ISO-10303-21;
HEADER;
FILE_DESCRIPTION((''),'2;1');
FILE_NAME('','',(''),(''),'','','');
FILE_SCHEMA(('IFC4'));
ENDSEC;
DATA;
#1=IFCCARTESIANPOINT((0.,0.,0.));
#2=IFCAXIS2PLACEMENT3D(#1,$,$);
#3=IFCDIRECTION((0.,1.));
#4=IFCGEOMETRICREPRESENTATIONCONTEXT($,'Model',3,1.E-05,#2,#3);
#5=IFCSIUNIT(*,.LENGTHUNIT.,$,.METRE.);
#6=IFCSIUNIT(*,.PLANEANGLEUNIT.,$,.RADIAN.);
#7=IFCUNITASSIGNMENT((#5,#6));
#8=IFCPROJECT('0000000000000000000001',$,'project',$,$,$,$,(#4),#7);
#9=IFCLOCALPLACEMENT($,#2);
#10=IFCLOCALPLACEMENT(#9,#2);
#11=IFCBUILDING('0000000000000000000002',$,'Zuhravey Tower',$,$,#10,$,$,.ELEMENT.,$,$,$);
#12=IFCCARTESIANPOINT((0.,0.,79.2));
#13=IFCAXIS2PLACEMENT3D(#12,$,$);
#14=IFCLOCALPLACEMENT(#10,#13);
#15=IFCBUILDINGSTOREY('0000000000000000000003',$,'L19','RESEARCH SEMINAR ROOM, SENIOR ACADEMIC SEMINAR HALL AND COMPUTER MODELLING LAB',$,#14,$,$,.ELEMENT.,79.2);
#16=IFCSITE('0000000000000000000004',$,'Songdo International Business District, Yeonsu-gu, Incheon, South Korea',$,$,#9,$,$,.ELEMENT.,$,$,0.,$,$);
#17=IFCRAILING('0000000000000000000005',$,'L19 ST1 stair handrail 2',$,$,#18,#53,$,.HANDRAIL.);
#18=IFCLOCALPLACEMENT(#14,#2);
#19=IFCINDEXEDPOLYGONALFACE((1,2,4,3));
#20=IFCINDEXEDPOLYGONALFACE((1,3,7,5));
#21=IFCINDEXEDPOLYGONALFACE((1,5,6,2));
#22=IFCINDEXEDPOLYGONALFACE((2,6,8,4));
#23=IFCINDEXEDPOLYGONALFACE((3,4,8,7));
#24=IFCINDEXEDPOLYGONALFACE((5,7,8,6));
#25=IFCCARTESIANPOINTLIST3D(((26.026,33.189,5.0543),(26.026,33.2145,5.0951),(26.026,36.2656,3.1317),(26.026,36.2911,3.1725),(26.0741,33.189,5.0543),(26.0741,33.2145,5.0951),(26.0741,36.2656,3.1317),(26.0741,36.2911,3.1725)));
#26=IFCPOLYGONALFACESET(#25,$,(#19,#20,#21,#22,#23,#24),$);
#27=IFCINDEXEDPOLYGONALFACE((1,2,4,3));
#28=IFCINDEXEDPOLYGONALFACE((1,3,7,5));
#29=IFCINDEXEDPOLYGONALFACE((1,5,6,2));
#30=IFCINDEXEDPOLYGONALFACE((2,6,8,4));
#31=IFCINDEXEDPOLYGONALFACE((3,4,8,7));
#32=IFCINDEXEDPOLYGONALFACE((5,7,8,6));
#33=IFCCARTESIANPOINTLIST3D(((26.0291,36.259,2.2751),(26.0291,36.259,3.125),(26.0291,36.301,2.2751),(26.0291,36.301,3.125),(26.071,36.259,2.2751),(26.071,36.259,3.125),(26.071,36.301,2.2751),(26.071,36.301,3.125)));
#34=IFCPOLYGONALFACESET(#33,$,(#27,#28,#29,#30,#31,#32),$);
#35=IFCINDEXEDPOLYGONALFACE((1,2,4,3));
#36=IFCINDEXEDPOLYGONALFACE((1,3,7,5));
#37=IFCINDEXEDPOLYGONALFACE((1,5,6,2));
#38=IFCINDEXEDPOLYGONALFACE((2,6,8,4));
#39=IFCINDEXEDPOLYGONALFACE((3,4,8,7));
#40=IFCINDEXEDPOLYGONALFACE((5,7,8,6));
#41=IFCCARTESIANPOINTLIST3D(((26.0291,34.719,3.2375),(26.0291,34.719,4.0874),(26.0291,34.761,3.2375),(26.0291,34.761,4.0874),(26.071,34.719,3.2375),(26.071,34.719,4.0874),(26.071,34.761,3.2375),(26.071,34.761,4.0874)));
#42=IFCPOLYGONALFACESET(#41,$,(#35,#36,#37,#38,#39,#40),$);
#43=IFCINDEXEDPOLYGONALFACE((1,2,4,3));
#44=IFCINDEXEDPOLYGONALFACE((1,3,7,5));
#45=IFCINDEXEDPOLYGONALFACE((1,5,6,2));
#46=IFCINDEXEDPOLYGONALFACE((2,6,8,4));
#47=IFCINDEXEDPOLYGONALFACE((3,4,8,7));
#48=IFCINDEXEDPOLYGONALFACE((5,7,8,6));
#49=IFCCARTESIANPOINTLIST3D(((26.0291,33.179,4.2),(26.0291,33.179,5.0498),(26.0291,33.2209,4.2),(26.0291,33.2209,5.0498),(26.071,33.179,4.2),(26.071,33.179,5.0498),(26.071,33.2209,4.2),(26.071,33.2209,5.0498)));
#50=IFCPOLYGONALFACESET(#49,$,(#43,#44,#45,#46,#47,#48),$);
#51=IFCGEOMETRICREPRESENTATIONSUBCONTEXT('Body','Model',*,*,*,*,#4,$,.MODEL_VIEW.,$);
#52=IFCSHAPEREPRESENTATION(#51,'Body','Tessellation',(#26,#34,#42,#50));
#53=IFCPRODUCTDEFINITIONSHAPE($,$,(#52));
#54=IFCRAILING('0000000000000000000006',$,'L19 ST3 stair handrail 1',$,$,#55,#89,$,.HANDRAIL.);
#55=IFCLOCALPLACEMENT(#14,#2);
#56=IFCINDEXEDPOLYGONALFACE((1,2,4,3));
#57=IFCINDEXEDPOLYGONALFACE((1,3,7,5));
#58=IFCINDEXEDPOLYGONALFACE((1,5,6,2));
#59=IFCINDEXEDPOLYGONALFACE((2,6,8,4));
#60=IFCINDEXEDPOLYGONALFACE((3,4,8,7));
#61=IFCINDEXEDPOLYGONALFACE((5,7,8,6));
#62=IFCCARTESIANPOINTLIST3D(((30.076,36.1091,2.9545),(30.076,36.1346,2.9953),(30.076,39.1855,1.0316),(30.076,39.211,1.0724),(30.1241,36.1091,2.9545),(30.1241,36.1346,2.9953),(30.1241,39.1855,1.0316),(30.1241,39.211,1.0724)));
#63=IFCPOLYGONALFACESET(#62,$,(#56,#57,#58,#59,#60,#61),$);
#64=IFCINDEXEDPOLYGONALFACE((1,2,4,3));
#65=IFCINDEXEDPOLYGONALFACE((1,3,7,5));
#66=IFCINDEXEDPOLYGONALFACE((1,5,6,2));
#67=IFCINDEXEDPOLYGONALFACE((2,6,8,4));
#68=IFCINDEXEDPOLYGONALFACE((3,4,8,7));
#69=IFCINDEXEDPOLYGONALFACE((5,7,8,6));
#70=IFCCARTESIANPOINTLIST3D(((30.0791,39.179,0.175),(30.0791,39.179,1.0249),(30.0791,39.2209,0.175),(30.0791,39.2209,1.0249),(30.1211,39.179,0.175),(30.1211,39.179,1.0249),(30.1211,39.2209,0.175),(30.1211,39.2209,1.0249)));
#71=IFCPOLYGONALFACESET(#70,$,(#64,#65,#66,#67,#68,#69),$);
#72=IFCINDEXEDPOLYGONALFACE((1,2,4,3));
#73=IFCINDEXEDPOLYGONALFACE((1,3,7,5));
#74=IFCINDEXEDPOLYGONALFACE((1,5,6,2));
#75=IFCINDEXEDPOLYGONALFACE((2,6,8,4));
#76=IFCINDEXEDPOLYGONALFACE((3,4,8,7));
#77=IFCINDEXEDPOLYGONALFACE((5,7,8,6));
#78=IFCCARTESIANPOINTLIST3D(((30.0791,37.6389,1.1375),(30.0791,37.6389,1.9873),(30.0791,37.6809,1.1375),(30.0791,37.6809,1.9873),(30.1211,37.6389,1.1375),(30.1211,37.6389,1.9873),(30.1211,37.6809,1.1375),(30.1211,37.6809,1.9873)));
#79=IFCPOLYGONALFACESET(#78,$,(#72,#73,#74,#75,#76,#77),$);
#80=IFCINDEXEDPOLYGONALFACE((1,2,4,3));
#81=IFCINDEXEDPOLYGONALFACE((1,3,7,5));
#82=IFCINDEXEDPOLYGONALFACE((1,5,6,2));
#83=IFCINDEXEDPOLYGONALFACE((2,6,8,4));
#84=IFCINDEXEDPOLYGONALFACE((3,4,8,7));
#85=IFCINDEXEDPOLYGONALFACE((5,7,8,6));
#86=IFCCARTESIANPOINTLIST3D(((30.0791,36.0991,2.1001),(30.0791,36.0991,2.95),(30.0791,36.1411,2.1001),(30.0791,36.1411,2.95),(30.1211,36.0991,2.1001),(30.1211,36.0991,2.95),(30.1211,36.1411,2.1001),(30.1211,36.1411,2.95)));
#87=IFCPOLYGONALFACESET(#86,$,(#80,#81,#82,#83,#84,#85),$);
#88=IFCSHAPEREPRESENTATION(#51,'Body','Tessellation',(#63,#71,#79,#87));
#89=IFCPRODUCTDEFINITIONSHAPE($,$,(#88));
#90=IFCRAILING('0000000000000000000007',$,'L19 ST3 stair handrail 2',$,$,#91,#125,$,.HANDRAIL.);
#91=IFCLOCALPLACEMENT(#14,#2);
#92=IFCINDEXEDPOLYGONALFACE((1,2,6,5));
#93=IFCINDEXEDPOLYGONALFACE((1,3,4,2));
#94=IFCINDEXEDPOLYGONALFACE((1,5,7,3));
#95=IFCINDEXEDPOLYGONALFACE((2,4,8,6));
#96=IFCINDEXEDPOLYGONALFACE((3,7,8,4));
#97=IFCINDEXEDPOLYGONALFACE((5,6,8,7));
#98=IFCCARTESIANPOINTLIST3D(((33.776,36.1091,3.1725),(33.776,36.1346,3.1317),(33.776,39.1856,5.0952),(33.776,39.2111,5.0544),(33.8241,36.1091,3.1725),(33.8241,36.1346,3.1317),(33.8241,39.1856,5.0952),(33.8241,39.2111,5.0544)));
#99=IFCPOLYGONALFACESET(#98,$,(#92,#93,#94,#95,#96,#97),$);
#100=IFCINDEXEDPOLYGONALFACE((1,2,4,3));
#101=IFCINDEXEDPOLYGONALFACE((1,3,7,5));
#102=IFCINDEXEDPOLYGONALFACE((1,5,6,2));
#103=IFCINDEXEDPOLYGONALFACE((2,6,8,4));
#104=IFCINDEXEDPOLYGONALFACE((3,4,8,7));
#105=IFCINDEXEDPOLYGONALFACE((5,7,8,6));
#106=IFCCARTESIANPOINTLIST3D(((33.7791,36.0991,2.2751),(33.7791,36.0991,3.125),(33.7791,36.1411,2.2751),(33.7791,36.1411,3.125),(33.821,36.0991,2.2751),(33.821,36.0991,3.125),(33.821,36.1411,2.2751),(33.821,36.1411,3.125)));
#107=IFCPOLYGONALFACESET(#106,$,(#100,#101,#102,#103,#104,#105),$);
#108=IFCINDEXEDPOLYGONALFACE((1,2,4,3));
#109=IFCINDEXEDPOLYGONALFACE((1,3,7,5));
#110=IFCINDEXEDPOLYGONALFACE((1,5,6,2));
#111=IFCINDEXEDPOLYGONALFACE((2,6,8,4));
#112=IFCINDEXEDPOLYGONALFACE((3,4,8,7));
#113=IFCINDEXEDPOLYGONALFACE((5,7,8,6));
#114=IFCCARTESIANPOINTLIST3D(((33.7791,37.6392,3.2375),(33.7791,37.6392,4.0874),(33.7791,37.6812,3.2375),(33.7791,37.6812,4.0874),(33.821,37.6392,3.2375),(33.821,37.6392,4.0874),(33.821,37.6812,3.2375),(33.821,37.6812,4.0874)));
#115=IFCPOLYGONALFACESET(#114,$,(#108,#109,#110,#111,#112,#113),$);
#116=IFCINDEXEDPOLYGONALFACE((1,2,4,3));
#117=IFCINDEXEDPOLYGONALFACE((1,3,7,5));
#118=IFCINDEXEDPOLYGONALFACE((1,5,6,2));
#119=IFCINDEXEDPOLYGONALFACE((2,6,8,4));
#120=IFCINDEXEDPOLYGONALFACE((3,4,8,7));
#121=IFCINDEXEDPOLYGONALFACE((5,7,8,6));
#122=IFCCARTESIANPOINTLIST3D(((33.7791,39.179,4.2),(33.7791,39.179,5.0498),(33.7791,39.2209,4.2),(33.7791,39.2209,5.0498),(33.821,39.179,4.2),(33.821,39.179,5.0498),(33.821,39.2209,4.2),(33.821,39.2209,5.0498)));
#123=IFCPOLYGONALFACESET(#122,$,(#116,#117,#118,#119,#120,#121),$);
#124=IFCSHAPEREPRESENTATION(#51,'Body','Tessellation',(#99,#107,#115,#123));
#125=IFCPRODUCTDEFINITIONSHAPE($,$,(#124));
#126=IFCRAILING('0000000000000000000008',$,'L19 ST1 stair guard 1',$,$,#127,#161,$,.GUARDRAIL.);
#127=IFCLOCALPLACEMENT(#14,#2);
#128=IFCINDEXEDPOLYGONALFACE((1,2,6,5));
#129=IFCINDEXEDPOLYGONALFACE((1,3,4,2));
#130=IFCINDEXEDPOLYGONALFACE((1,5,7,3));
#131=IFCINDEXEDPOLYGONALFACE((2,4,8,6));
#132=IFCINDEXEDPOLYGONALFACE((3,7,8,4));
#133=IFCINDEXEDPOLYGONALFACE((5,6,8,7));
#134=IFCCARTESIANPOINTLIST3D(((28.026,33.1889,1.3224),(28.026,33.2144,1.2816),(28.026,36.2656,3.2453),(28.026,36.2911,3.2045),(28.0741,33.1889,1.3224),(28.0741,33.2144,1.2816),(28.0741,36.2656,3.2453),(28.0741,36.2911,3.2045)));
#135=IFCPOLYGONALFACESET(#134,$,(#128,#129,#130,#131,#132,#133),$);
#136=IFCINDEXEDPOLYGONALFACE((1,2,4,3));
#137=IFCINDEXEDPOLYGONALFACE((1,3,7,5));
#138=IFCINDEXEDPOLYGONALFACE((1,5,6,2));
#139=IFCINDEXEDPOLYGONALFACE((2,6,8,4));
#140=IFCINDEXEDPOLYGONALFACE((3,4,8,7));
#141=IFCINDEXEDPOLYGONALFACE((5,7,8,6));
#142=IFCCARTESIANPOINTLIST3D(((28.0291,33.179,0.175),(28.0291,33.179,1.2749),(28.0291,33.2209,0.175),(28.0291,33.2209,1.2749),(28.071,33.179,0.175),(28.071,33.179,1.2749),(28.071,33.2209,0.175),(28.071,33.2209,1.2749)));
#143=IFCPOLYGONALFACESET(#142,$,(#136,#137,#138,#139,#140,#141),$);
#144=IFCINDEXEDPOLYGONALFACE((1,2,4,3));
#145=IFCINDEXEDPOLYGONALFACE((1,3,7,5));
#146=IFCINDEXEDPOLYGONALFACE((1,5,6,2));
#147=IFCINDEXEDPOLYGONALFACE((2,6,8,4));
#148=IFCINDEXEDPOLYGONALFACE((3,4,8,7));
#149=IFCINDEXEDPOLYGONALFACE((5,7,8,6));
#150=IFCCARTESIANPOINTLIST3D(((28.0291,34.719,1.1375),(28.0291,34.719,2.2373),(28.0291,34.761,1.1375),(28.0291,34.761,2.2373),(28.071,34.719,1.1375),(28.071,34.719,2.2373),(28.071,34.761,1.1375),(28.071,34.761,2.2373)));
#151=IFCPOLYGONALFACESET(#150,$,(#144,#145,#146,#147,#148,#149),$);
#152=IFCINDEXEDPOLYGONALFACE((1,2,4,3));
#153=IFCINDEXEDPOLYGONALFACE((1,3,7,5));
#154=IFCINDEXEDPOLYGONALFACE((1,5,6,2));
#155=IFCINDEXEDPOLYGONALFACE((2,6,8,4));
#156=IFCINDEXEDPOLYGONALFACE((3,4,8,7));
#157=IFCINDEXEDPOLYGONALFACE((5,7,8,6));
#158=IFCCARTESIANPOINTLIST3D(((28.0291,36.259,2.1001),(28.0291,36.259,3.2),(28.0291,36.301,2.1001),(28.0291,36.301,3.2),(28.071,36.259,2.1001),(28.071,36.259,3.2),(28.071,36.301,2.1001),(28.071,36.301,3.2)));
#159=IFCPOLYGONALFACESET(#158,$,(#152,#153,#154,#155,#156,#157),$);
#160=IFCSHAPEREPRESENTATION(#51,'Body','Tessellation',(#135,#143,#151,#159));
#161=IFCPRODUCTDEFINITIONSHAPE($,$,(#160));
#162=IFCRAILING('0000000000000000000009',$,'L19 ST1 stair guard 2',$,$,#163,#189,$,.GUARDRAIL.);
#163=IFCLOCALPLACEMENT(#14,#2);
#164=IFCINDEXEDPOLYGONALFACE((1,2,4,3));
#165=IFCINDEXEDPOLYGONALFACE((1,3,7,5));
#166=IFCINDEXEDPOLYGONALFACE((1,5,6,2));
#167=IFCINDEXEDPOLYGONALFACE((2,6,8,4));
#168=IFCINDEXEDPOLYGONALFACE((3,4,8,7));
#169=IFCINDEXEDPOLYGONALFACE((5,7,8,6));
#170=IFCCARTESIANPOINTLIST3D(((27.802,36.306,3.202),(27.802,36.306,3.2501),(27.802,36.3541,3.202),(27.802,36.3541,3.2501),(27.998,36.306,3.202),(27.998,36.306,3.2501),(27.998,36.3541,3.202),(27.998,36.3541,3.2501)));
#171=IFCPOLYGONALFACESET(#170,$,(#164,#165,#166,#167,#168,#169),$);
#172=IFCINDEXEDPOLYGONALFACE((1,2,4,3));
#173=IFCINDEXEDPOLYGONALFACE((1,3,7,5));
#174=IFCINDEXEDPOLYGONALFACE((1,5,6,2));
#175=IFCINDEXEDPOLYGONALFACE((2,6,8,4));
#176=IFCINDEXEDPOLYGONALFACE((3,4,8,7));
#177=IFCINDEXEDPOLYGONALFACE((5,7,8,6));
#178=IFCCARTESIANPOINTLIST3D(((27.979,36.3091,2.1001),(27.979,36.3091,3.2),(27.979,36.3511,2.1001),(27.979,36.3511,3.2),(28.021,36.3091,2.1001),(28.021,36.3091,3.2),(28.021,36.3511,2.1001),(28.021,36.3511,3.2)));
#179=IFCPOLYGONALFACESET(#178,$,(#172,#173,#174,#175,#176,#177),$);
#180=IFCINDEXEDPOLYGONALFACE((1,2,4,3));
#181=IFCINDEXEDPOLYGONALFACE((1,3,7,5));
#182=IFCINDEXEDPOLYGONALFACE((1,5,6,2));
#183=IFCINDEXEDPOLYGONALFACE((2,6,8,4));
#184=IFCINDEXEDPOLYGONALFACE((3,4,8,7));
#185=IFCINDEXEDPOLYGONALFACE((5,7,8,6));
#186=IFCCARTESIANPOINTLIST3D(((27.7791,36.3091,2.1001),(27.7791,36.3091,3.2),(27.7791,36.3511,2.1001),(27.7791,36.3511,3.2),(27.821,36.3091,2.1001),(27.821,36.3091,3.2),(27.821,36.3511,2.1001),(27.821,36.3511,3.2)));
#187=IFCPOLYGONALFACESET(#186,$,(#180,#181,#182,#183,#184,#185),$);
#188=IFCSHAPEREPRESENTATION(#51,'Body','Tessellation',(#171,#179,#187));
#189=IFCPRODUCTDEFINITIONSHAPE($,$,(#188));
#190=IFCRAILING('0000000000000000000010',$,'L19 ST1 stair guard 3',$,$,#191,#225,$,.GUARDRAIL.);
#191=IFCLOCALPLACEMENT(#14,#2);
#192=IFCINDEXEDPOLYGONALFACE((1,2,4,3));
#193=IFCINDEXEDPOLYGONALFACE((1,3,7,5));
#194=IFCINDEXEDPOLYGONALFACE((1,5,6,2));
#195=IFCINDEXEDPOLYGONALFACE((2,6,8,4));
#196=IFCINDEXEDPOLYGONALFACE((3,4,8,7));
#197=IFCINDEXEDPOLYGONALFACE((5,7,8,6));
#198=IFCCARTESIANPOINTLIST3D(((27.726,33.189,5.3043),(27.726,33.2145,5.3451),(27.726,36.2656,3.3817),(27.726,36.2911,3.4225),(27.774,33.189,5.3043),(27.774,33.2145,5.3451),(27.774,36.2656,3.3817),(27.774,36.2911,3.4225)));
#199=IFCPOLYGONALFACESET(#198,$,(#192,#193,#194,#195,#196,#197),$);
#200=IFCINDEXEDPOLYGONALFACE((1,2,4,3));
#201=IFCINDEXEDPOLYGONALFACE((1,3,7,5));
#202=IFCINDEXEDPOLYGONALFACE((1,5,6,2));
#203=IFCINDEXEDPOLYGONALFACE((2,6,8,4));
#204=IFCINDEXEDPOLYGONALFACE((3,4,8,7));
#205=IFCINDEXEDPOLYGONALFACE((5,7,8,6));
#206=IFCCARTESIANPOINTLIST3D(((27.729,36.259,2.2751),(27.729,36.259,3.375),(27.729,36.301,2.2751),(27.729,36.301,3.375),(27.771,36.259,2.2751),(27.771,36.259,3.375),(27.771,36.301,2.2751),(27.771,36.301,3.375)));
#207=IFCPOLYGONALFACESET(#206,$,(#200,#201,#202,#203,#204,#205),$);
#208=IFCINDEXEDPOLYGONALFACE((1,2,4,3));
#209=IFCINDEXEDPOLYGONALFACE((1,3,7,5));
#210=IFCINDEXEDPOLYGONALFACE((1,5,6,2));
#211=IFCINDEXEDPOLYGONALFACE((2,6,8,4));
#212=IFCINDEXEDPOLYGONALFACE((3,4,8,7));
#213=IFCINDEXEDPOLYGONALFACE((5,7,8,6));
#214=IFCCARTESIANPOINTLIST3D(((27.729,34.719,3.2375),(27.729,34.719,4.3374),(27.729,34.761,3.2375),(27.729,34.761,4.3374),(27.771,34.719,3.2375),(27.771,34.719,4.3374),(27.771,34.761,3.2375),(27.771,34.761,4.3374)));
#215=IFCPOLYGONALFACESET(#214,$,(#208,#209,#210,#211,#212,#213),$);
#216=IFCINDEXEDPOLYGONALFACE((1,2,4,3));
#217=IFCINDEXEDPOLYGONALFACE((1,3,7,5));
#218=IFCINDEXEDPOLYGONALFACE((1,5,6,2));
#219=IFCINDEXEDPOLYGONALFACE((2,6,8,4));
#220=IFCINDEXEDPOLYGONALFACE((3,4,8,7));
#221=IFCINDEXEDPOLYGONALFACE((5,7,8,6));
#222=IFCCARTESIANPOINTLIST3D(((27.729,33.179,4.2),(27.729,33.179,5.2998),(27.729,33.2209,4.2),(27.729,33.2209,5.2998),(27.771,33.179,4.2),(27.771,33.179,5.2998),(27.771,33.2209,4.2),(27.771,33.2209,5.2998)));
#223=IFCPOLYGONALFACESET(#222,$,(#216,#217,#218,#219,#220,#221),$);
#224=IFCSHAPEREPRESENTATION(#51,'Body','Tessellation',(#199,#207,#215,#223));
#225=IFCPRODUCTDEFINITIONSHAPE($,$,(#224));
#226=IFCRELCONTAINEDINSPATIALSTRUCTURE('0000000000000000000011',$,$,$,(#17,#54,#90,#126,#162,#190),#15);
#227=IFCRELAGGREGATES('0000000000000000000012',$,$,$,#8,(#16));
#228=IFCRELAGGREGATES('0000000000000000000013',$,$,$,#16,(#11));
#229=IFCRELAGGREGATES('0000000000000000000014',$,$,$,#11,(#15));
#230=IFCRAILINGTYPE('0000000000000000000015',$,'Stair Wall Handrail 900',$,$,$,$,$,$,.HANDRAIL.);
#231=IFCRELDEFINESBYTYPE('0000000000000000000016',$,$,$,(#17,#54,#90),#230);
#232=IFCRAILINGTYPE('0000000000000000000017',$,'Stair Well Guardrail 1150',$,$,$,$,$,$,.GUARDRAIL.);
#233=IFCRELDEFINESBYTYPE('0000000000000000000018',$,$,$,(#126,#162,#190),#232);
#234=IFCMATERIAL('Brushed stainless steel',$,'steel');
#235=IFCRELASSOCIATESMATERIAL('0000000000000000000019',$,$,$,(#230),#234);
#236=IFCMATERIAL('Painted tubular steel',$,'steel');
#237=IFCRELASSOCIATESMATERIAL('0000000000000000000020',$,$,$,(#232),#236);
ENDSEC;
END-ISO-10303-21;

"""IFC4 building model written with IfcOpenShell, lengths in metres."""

from ifc_helpers import new_model, si_unit, direction, frame, origin, origin_2d, place, context, subcontext, project, spatial, rectangle, extrude, material, type_object, element, save


model = new_model("IFC4")

# Units and contexts
model_context = context("Model", 3, precision=1e-05, world=origin(), true_north=direction((0.0, 1.0)))
body_context = subcontext(model_context, "Body", "Model", "MODEL_VIEW")
ifc_project = project(units=[si_unit("LENGTHUNIT", "METRE"), si_unit("PLANEANGLEUNIT", "RADIAN")], contexts=[model_context])

# Site, building, storey
site_placement = place(None, origin())
site = spatial("IfcSite", under=ifc_project, at=site_placement, Name="Songdo International Business District, Yeonsu-gu, Incheon, South Korea", CompositionType="ELEMENT", RefElevation=0.0)
building_placement = place(site_placement, origin())
building = spatial("IfcBuilding", under=site, at=building_placement, Name="Zuhravey Tower", CompositionType="ELEMENT")
storey_placement = place(building_placement, frame((0.0, 0.0, 79.2)))
storey = spatial("IfcBuildingStorey", under=building, at=storey_placement, Name="L19", Description="RESEARCH SEMINAR ROOM, SENIOR ACADEMIC SEMINAR HALL AND COMPUTER MODELLING LAB", CompositionType="ELEMENT", Elevation=79.2)

# Railings
ifc_material_1 = material(Name="Brushed stainless steel", Category="steel")
railing_type_1 = type_object("IfcRailingType", Name="Stair Wall Handrail 900", PredefinedType="HANDRAIL", material=ifc_material_1)
railing_1_placement = place(storey_placement, frame((26.05, 36.28, 2.2751)))
element("IfcRailing", 1, at=railing_1_placement, inside=storey, type_object=railing_type_1, Name="L19 ST1 stair handrail 2", PredefinedType="HANDRAIL", context=body_context, shape_type="SweptSolid", body=[
    extrude(rectangle(XDim=0.0481, YDim=0.0481, at=origin_2d()), frame((0.0, -0.0017, 0.877), z_axis=(0.0, -0.848029, 0.529951), x_axis=(1.0, 0.0, 0.0)), (0.0, 0.0, 1.0), 3.6279),
    extrude(rectangle(XDim=0.042, YDim=0.042, at=origin_2d()), origin(), (0.0, 0.0, 1.0), 0.8499),
    extrude(rectangle(XDim=0.042, YDim=0.042, at=origin_2d()), frame((0.0, -1.54, 0.9624)), (0.0, 0.0, 1.0), 0.8499),
    extrude(rectangle(XDim=0.042, YDim=0.042, at=origin_2d()), frame((0.0, -3.0801, 1.9248)), (0.0, 0.0, 1.0), 0.8499),
])
railing_2_placement = place(storey_placement, frame((30.1001, 39.2, 0.175)))
element("IfcRailing", 2, at=railing_2_placement, inside=storey, type_object=railing_type_1, Name="L19 ST3 stair handrail 1", PredefinedType="HANDRAIL", context=body_context, shape_type="SweptSolid", body=[
    extrude(rectangle(XDim=0.0481, YDim=0.0481, at=origin_2d()), frame((0.0, -0.0017, 0.877), z_axis=(0.0, -0.847979, 0.530029), x_axis=(1.0, 0.0, 0.0)), (0.0, 0.0, 1.0), 3.6279),
    extrude(rectangle(XDim=0.042, YDim=0.042, at=origin_2d()), origin(), (0.0, 0.0, 1.0), 0.8499),
    extrude(rectangle(XDim=0.042, YDim=0.042, at=origin_2d()), frame((0.0, -1.54, 0.9624)), (0.0, 0.0, 1.0), 0.8499),
    extrude(rectangle(XDim=0.042, YDim=0.042, at=origin_2d()), frame((0.0, -3.0798, 1.925)), (0.0, 0.0, 1.0), 0.8499),
])
railing_3_placement = place(storey_placement, frame((33.8, 36.1201, 2.2751)))
element("IfcRailing", 3, at=railing_3_placement, inside=storey, type_object=railing_type_1, Name="L19 ST3 stair handrail 2", PredefinedType="HANDRAIL", context=body_context, shape_type="SweptSolid", body=[
    extrude(rectangle(XDim=0.0481, YDim=0.0481, at=origin_2d()), frame((0.0, 0.0017, 0.877), z_axis=(0.0, 0.84801, 0.529981), x_axis=(-1.0, 0.0, 0.0)), (0.0, 0.0, 1.0), 3.6279),
    extrude(rectangle(XDim=0.042, YDim=0.042, at=origin_2d()), origin(), (0.0, 0.0, 1.0), 0.8499),
    extrude(rectangle(XDim=0.042, YDim=0.042, at=origin_2d()), frame((0.0, 1.54, 0.9624)), (0.0, 0.0, 1.0), 0.8499),
    extrude(rectangle(XDim=0.042, YDim=0.042, at=origin_2d()), frame((0.0, 3.0798, 1.9248)), (0.0, 0.0, 1.0), 0.8499),
])
ifc_material_2 = material(Name="Painted tubular steel", Category="steel")
railing_type_2 = type_object("IfcRailingType", Name="Stair Well Guardrail 1150", PredefinedType="GUARDRAIL", material=ifc_material_2)
railing_4_placement = place(storey_placement, frame((28.05, 33.2, 0.175)))
element("IfcRailing", 4, at=railing_4_placement, inside=storey, type_object=railing_type_2, Name="L19 ST1 stair guard 1", PredefinedType="GUARDRAIL", context=body_context, shape_type="SweptSolid", body=[
    extrude(rectangle(XDim=0.0481, YDim=0.0481, at=origin_2d()), frame((0.0, 0.0017, 1.127), z_axis=(0.0, 0.847998, 0.529999), x_axis=(-1.0, 0.0, 0.0)), (0.0, 0.0, 1.0), 3.6282),
    extrude(rectangle(XDim=0.042, YDim=0.042, at=origin_2d()), origin(), (0.0, 0.0, 1.0), 1.0999),
    extrude(rectangle(XDim=0.042, YDim=0.042, at=origin_2d()), frame((0.0, 1.54, 0.9624)), (0.0, 0.0, 1.0), 1.0999),
    extrude(rectangle(XDim=0.042, YDim=0.042, at=origin_2d()), frame((0.0, 3.0801, 1.925)), (0.0, 0.0, 1.0), 1.0999),
])
railing_5_placement = place(storey_placement, frame((28.0, 36.3301, 2.1001)))
element("IfcRailing", 5, at=railing_5_placement, inside=storey, type_object=railing_type_2, Name="L19 ST1 stair guard 2", PredefinedType="GUARDRAIL", context=body_context, shape_type="SweptSolid", body=[
    extrude(rectangle(XDim=0.0481, YDim=0.0481, at=origin_2d()), frame((-0.002, 0.0, 1.126), z_axis=(-1.0, 0.0, 0.0), x_axis=(0.0, -1.0, 0.0)), (0.0, 0.0, 1.0), 0.196),
    extrude(rectangle(XDim=0.042, YDim=0.042, at=origin_2d()), origin(), (0.0, 0.0, 1.0), 1.0999),
    extrude(rectangle(XDim=0.042, YDim=0.042, at=origin_2d()), frame((-0.2, 0.0, 0.0)), (0.0, 0.0, 1.0), 1.0999),
])
railing_6_placement = place(storey_placement, frame((27.75, 36.28, 2.2751)))
element("IfcRailing", 6, at=railing_6_placement, inside=storey, type_object=railing_type_2, Name="L19 ST1 stair guard 3", PredefinedType="GUARDRAIL", context=body_context, shape_type="SweptSolid", body=[
    extrude(rectangle(XDim=0.0481, YDim=0.0481, at=origin_2d()), frame((0.0, -0.0017, 1.127), z_axis=(0.0, -0.848029, 0.529951), x_axis=(1.0, 0.0, 0.0)), (0.0, 0.0, 1.0), 3.6279),
    extrude(rectangle(XDim=0.042, YDim=0.042, at=origin_2d()), origin(), (0.0, 0.0, 1.0), 1.0999),
    extrude(rectangle(XDim=0.042, YDim=0.042, at=origin_2d()), frame((0.0, -1.54, 0.9624)), (0.0, 0.0, 1.0), 1.0999),
    extrude(rectangle(XDim=0.042, YDim=0.042, at=origin_2d()), frame((0.0, -3.0801, 1.9248)), (0.0, 0.0, 1.0), 1.0999),
])

save(model, "model.ifc")
